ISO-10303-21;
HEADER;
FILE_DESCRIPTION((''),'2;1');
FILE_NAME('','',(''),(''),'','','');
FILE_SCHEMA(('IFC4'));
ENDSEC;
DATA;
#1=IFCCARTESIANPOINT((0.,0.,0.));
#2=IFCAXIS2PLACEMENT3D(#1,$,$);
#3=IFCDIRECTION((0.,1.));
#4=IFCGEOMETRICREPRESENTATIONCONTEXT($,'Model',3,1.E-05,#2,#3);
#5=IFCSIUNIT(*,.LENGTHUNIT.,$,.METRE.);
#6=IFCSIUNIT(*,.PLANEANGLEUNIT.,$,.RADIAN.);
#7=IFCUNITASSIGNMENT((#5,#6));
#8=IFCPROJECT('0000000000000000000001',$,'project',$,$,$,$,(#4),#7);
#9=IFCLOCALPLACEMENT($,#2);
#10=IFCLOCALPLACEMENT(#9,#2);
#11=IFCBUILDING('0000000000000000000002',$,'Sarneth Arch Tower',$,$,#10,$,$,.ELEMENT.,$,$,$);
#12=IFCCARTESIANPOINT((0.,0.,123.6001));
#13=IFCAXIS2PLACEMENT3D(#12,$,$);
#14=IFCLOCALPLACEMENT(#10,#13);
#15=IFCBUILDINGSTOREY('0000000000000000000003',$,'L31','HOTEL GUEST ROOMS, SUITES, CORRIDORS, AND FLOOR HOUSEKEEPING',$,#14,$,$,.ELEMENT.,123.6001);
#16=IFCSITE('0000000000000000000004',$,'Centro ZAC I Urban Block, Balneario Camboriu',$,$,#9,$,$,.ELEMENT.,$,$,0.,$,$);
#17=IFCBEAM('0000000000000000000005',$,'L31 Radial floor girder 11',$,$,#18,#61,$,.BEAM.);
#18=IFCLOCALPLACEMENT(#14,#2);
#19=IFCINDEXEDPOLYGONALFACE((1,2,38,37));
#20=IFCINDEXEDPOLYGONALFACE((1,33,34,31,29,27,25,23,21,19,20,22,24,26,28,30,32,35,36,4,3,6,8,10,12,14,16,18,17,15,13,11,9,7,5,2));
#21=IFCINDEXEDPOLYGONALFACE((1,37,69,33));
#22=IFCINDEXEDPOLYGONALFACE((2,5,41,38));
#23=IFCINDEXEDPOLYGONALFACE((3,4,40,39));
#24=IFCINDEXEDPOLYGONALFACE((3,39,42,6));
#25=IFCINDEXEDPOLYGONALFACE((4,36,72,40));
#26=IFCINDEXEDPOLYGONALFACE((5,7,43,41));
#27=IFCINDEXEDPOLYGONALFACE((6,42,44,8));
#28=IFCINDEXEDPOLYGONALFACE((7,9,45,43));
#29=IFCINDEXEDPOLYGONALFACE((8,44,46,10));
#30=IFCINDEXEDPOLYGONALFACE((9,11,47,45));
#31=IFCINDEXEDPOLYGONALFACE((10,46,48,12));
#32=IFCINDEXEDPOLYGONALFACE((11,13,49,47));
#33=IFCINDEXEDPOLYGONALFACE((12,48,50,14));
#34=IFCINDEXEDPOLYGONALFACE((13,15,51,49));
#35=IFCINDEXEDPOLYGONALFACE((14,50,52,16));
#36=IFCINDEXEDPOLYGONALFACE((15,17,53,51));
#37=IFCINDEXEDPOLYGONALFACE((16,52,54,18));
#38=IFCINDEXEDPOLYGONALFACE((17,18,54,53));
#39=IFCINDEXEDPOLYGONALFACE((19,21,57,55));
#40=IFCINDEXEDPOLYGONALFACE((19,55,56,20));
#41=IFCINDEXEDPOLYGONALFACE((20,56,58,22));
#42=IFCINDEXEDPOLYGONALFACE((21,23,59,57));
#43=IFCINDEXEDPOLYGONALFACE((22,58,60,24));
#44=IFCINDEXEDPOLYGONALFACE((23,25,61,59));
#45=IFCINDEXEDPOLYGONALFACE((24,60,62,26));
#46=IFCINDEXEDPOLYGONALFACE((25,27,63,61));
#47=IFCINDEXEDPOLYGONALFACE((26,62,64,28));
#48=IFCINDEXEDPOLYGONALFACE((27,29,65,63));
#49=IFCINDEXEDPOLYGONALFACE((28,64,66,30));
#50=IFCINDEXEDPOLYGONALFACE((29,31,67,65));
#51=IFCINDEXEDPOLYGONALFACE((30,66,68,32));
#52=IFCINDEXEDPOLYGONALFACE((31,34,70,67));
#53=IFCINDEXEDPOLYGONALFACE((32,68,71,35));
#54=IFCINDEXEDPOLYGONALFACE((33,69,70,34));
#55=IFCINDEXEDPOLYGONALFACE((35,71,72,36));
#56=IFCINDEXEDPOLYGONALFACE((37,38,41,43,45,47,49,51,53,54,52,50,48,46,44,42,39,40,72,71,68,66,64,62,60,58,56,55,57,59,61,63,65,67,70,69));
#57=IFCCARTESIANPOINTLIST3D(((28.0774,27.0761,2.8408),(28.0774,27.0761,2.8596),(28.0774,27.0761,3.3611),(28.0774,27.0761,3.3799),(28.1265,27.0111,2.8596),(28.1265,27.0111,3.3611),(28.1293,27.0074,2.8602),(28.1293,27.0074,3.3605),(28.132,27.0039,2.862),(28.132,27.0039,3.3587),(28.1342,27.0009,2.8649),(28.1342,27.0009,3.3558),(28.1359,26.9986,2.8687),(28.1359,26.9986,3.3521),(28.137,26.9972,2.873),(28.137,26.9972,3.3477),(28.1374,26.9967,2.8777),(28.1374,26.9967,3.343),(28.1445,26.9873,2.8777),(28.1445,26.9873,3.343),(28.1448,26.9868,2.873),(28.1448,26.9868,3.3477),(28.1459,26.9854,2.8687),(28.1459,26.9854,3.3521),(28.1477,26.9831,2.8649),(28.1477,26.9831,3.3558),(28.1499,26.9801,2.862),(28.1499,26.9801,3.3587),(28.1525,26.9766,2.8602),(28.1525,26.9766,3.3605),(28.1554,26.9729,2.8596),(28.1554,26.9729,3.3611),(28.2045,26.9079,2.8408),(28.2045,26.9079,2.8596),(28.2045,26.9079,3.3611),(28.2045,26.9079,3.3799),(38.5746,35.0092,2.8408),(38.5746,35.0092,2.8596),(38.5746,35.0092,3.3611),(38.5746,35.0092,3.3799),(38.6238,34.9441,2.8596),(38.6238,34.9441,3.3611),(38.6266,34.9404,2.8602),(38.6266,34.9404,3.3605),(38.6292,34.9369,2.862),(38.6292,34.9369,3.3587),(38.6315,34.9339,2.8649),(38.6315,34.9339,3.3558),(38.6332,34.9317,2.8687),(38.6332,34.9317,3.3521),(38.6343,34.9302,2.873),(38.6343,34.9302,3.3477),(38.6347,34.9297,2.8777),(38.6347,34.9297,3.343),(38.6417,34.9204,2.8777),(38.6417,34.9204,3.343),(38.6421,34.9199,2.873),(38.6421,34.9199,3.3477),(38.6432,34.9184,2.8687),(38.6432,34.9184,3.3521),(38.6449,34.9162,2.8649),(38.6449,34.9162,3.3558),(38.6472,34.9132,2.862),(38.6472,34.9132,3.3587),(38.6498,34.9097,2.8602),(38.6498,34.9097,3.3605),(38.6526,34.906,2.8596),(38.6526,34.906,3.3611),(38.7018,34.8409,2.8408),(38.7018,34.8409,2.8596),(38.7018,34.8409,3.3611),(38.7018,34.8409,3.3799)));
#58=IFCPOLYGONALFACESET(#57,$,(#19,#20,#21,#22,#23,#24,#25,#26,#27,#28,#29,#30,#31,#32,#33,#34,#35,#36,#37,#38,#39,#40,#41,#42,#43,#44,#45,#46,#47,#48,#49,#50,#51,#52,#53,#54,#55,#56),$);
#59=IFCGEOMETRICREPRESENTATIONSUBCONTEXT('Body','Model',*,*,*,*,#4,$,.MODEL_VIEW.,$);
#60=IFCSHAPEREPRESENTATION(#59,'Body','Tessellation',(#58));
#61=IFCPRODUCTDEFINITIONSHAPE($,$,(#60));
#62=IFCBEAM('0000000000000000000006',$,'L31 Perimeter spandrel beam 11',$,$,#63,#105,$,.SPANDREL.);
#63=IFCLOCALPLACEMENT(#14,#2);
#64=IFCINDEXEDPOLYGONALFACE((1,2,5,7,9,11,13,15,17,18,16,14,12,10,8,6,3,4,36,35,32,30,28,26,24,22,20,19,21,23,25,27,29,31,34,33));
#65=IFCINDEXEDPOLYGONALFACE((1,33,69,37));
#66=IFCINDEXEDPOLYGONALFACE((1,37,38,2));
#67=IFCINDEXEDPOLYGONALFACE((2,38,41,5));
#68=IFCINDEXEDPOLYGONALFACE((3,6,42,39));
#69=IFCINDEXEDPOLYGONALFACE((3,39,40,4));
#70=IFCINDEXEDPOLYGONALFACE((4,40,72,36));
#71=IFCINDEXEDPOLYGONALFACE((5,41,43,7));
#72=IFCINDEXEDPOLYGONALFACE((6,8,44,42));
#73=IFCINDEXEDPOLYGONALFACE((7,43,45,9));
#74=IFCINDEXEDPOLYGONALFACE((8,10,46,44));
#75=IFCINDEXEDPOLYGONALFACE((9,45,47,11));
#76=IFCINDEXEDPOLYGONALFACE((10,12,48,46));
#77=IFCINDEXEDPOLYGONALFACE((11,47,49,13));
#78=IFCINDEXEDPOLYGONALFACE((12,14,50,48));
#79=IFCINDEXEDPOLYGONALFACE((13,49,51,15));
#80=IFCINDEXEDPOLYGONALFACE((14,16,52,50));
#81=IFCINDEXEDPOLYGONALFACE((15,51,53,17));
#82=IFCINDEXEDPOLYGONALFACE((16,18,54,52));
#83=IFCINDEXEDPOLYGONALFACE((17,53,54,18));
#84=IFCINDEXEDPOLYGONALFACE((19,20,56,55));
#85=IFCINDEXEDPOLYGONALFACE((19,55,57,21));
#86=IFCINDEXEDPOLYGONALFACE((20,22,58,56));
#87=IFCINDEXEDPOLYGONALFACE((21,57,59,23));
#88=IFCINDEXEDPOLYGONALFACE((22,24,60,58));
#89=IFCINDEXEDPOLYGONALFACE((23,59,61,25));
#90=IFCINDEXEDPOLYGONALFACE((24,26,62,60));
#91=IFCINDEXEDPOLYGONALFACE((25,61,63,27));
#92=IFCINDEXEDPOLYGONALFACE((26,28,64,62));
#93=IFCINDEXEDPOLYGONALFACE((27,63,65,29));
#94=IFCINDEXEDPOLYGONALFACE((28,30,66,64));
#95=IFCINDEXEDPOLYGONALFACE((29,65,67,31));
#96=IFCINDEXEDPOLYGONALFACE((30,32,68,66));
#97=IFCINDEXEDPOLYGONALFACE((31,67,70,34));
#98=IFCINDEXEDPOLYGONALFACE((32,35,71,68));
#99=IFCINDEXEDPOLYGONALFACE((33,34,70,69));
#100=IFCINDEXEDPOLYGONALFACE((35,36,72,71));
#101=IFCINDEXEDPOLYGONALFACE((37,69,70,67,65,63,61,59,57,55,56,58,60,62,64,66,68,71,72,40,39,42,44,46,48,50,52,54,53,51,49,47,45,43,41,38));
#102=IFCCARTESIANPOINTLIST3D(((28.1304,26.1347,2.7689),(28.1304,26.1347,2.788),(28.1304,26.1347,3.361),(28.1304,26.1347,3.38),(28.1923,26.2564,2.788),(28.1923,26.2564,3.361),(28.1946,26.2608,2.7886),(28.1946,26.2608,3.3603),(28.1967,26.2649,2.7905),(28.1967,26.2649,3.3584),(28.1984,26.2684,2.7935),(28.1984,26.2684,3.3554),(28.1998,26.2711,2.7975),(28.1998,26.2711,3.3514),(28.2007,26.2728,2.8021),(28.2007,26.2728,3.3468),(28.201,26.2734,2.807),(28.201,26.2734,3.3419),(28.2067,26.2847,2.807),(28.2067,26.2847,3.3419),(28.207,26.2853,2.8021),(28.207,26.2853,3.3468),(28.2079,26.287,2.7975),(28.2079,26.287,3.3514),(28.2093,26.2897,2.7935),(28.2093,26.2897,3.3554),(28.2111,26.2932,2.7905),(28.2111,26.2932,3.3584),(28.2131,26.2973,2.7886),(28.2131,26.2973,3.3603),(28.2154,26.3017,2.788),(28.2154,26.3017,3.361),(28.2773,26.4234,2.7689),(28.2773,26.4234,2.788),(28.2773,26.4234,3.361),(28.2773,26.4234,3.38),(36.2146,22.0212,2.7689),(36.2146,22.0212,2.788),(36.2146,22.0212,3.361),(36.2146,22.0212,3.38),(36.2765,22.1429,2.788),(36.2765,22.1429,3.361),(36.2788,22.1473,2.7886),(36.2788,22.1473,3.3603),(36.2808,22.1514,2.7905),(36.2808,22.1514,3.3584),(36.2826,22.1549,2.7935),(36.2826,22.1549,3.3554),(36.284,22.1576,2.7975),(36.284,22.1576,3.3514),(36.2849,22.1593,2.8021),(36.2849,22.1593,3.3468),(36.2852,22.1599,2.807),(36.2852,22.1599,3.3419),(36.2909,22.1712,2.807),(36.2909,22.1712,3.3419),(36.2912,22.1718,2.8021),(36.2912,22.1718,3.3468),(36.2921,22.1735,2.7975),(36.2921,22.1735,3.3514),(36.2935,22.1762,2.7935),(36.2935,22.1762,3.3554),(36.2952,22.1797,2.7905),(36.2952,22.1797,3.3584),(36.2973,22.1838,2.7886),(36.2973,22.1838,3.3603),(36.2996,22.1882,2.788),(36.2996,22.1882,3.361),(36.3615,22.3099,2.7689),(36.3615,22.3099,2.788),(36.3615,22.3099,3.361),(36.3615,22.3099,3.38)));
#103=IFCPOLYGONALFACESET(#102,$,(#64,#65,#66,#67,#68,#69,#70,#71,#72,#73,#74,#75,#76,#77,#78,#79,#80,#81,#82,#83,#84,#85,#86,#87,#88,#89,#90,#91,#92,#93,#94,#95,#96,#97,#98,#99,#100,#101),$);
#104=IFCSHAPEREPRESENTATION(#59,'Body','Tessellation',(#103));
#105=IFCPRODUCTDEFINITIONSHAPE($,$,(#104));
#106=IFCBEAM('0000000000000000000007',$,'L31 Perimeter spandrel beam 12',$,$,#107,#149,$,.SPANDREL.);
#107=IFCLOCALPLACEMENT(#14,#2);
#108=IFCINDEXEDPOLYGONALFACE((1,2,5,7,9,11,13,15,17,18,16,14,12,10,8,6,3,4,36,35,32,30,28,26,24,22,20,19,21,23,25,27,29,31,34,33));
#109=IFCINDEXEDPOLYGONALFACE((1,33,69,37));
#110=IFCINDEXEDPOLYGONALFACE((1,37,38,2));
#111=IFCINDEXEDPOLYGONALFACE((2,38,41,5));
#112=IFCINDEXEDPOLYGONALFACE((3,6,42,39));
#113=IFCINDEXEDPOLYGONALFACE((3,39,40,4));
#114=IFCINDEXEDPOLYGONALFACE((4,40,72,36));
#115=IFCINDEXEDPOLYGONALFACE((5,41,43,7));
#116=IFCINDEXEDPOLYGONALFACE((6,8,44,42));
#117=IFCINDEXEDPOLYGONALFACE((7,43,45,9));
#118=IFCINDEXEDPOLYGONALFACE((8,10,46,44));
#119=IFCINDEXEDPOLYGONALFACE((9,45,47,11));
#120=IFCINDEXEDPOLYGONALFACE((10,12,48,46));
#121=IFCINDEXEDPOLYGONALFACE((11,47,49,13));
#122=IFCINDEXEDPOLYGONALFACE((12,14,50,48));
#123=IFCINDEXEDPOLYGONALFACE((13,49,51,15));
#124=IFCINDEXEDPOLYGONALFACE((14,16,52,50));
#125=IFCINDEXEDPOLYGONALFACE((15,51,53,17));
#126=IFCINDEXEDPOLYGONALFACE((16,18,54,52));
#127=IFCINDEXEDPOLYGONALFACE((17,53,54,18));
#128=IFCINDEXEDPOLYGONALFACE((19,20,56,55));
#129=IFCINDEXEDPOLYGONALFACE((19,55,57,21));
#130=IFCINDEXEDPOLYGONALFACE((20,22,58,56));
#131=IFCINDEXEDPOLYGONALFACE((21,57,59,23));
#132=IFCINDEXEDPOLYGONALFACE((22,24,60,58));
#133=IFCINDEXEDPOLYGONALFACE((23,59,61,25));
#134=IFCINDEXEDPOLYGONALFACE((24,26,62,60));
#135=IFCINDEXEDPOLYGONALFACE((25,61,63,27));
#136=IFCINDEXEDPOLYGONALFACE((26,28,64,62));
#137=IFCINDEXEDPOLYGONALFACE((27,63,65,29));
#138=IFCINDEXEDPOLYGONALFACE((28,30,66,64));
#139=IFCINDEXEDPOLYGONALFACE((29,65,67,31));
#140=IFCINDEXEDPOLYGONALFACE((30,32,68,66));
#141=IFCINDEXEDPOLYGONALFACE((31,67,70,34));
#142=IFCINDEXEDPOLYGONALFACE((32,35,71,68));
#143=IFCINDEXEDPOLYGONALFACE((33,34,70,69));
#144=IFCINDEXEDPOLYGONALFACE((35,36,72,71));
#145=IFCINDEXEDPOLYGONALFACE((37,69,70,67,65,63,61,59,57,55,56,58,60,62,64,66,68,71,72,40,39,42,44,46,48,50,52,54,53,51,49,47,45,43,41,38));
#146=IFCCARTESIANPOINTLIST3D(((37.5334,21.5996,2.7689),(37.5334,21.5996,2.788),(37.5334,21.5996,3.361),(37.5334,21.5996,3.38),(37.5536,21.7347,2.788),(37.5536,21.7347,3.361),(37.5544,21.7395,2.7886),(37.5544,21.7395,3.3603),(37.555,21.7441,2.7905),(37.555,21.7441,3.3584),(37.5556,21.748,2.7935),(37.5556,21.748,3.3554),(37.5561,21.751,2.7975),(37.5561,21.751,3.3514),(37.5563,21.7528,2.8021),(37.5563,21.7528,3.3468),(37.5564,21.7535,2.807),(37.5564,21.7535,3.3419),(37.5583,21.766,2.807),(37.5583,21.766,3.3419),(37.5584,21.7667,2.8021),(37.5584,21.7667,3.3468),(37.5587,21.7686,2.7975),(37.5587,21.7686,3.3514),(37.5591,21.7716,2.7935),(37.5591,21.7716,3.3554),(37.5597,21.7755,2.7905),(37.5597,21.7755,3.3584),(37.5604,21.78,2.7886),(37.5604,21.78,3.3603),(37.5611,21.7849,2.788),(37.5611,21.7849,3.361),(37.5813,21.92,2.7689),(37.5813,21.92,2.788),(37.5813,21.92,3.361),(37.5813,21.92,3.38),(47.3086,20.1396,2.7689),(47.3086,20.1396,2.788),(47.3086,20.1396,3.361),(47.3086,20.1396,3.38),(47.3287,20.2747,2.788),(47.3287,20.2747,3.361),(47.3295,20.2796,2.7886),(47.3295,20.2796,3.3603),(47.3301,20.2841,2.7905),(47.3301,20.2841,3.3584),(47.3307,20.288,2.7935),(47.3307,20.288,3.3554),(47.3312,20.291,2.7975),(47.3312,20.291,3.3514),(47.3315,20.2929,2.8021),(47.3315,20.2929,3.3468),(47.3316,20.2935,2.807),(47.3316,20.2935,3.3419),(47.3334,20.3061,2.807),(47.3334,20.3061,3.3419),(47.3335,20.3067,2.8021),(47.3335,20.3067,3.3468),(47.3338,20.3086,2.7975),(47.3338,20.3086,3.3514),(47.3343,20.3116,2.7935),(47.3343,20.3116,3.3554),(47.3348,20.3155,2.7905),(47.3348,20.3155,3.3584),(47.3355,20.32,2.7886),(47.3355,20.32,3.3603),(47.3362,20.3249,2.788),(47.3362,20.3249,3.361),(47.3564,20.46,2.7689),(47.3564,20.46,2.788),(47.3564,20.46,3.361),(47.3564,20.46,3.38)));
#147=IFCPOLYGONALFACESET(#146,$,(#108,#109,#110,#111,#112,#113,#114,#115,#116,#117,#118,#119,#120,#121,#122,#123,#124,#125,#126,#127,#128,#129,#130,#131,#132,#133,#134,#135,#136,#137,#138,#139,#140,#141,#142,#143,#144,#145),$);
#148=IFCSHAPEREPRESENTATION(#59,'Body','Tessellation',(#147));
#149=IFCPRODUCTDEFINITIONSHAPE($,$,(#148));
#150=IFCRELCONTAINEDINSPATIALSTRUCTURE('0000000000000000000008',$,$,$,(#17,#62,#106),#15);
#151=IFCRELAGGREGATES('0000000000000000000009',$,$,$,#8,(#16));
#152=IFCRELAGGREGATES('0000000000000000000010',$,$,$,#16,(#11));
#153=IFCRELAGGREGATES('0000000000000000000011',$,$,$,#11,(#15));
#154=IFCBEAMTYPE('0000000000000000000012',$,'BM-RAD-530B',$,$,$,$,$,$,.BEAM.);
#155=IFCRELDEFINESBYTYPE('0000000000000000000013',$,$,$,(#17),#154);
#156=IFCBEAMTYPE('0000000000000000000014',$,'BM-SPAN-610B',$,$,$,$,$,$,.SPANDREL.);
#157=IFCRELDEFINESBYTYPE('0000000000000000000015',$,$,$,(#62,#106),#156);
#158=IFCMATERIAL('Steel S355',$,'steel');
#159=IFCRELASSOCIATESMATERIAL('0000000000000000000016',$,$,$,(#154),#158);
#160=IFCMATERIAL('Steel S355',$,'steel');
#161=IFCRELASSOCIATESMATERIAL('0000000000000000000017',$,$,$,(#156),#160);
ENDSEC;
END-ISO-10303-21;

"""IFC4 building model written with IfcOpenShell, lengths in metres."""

from ifc_helpers import new_model, si_unit, direction, frame, origin, origin_2d, place, context, subcontext, project, spatial, i_section, extrude, material, material_profile, profile_set, type_object, element, save


model = new_model("IFC4")

# Units and contexts
model_context = context("Model", 3, precision=1e-05, world=origin(), true_north=direction((0.0, 1.0)))
body_context = subcontext(model_context, "Body", "Model", "MODEL_VIEW")
ifc_project = project(units=[si_unit("LENGTHUNIT", "METRE"), si_unit("PLANEANGLEUNIT", "RADIAN")], contexts=[model_context])

# Site, building, storey
site_placement = place(None, origin())
site = spatial("IfcSite", under=ifc_project, at=site_placement, Name="Centro ZAC I Urban Block, Balneario Camboriu", CompositionType="ELEMENT", RefElevation=0.0)
building_placement = place(site_placement, origin())
building = spatial("IfcBuilding", under=site, at=building_placement, Name="Sarneth Arch Tower", CompositionType="ELEMENT")
storey_placement = place(building_placement, frame((0.0, 0.0, 123.6001)))
storey = spatial("IfcBuildingStorey", under=building, at=storey_placement, Name="L31", Description="HOTEL GUEST ROOMS, SUITES, CORRIDORS, AND FLOOR HOUSEKEEPING", CompositionType="ELEMENT", Elevation=123.6001)

# Beams
ifc_material_1 = material(Name="Steel S355", Category="steel")
ifc_material_profile_1 = material_profile(ifc_material_1, i_section(OverallWidth=0.2109, OverallDepth=0.5391, WebThickness=0.0117, FlangeThickness=0.0188, FilletRadius=0.0181, at=origin_2d()), Name="W530x109")
ifc_profile_set_1 = profile_set([ifc_material_profile_1], Name="Steel S355")
beam_type_1 = type_object("IfcBeamType", Name="BM-RAD-530B", PredefinedType="BEAM", material=ifc_profile_set_1)
beam_1_placement = place(storey_placement, frame((38.6382, 34.925, 3.1104), z_axis=(-0.797801, -0.60292, 0.0), x_axis=(0.60292, -0.797801, 0.0)))
element("IfcBeam", 1, at=beam_1_placement, inside=storey, type_object=beam_type_1, Name="L31 Radial floor girder 11", PredefinedType="BEAM", context=body_context, shape_type="SweptSolid", body=[
    extrude(i_section(OverallWidth=0.2109, OverallDepth=0.5391, WebThickness=0.0117, FlangeThickness=0.0188, FilletRadius=0.0181, at=origin_2d()), origin(), (0.0, 0.0, 1.0), 13.1577),
])
ifc_material_2 = material(Name="Steel S355", Category="steel")
ifc_material_profile_2 = material_profile(ifc_material_2, i_section(OverallWidth=0.324, OverallDepth=0.6111, WebThickness=0.0127, FlangeThickness=0.019, FilletRadius=0.019, at=origin_2d()), Name="W610x155")
ifc_profile_set_2 = profile_set([ifc_material_profile_2], Name="Steel S355")
beam_type_2 = type_object("IfcBeamType", Name="BM-SPAN-610B", PredefinedType="SPANDREL", material=ifc_profile_set_2)
beam_2_placement = place(storey_placement, frame((28.2039, 26.2791, 3.0745), z_axis=(0.891256, -0.453501, 0.0), x_axis=(0.453501, 0.891256, 0.0)))
element("IfcBeam", 2, at=beam_2_placement, inside=storey, type_object=beam_type_2, Name="L31 Perimeter spandrel beam 11", PredefinedType="SPANDREL", context=body_context, shape_type="SweptSolid", body=[
    extrude(i_section(OverallWidth=0.324, OverallDepth=0.6111, WebThickness=0.0127, FlangeThickness=0.019, FilletRadius=0.019, at=origin_2d()), origin(), (0.0, 0.0, 1.0), 9.0706),
])
beam_3_placement = place(storey_placement, frame((37.5574, 21.7598, 3.0745), z_axis=(0.98903, -0.147716, 0.0), x_axis=(0.147716, 0.98903, 0.0)))
element("IfcBeam", 3, at=beam_3_placement, inside=storey, type_object=beam_type_2, Name="L31 Perimeter spandrel beam 12", PredefinedType="SPANDREL", context=body_context, shape_type="SweptSolid", body=[
    extrude(i_section(OverallWidth=0.324, OverallDepth=0.6111, WebThickness=0.0127, FlangeThickness=0.019, FilletRadius=0.019, at=origin_2d()), origin(), (0.0, 0.0, 1.0), 9.8835),
])

save(model, "model.ifc")
